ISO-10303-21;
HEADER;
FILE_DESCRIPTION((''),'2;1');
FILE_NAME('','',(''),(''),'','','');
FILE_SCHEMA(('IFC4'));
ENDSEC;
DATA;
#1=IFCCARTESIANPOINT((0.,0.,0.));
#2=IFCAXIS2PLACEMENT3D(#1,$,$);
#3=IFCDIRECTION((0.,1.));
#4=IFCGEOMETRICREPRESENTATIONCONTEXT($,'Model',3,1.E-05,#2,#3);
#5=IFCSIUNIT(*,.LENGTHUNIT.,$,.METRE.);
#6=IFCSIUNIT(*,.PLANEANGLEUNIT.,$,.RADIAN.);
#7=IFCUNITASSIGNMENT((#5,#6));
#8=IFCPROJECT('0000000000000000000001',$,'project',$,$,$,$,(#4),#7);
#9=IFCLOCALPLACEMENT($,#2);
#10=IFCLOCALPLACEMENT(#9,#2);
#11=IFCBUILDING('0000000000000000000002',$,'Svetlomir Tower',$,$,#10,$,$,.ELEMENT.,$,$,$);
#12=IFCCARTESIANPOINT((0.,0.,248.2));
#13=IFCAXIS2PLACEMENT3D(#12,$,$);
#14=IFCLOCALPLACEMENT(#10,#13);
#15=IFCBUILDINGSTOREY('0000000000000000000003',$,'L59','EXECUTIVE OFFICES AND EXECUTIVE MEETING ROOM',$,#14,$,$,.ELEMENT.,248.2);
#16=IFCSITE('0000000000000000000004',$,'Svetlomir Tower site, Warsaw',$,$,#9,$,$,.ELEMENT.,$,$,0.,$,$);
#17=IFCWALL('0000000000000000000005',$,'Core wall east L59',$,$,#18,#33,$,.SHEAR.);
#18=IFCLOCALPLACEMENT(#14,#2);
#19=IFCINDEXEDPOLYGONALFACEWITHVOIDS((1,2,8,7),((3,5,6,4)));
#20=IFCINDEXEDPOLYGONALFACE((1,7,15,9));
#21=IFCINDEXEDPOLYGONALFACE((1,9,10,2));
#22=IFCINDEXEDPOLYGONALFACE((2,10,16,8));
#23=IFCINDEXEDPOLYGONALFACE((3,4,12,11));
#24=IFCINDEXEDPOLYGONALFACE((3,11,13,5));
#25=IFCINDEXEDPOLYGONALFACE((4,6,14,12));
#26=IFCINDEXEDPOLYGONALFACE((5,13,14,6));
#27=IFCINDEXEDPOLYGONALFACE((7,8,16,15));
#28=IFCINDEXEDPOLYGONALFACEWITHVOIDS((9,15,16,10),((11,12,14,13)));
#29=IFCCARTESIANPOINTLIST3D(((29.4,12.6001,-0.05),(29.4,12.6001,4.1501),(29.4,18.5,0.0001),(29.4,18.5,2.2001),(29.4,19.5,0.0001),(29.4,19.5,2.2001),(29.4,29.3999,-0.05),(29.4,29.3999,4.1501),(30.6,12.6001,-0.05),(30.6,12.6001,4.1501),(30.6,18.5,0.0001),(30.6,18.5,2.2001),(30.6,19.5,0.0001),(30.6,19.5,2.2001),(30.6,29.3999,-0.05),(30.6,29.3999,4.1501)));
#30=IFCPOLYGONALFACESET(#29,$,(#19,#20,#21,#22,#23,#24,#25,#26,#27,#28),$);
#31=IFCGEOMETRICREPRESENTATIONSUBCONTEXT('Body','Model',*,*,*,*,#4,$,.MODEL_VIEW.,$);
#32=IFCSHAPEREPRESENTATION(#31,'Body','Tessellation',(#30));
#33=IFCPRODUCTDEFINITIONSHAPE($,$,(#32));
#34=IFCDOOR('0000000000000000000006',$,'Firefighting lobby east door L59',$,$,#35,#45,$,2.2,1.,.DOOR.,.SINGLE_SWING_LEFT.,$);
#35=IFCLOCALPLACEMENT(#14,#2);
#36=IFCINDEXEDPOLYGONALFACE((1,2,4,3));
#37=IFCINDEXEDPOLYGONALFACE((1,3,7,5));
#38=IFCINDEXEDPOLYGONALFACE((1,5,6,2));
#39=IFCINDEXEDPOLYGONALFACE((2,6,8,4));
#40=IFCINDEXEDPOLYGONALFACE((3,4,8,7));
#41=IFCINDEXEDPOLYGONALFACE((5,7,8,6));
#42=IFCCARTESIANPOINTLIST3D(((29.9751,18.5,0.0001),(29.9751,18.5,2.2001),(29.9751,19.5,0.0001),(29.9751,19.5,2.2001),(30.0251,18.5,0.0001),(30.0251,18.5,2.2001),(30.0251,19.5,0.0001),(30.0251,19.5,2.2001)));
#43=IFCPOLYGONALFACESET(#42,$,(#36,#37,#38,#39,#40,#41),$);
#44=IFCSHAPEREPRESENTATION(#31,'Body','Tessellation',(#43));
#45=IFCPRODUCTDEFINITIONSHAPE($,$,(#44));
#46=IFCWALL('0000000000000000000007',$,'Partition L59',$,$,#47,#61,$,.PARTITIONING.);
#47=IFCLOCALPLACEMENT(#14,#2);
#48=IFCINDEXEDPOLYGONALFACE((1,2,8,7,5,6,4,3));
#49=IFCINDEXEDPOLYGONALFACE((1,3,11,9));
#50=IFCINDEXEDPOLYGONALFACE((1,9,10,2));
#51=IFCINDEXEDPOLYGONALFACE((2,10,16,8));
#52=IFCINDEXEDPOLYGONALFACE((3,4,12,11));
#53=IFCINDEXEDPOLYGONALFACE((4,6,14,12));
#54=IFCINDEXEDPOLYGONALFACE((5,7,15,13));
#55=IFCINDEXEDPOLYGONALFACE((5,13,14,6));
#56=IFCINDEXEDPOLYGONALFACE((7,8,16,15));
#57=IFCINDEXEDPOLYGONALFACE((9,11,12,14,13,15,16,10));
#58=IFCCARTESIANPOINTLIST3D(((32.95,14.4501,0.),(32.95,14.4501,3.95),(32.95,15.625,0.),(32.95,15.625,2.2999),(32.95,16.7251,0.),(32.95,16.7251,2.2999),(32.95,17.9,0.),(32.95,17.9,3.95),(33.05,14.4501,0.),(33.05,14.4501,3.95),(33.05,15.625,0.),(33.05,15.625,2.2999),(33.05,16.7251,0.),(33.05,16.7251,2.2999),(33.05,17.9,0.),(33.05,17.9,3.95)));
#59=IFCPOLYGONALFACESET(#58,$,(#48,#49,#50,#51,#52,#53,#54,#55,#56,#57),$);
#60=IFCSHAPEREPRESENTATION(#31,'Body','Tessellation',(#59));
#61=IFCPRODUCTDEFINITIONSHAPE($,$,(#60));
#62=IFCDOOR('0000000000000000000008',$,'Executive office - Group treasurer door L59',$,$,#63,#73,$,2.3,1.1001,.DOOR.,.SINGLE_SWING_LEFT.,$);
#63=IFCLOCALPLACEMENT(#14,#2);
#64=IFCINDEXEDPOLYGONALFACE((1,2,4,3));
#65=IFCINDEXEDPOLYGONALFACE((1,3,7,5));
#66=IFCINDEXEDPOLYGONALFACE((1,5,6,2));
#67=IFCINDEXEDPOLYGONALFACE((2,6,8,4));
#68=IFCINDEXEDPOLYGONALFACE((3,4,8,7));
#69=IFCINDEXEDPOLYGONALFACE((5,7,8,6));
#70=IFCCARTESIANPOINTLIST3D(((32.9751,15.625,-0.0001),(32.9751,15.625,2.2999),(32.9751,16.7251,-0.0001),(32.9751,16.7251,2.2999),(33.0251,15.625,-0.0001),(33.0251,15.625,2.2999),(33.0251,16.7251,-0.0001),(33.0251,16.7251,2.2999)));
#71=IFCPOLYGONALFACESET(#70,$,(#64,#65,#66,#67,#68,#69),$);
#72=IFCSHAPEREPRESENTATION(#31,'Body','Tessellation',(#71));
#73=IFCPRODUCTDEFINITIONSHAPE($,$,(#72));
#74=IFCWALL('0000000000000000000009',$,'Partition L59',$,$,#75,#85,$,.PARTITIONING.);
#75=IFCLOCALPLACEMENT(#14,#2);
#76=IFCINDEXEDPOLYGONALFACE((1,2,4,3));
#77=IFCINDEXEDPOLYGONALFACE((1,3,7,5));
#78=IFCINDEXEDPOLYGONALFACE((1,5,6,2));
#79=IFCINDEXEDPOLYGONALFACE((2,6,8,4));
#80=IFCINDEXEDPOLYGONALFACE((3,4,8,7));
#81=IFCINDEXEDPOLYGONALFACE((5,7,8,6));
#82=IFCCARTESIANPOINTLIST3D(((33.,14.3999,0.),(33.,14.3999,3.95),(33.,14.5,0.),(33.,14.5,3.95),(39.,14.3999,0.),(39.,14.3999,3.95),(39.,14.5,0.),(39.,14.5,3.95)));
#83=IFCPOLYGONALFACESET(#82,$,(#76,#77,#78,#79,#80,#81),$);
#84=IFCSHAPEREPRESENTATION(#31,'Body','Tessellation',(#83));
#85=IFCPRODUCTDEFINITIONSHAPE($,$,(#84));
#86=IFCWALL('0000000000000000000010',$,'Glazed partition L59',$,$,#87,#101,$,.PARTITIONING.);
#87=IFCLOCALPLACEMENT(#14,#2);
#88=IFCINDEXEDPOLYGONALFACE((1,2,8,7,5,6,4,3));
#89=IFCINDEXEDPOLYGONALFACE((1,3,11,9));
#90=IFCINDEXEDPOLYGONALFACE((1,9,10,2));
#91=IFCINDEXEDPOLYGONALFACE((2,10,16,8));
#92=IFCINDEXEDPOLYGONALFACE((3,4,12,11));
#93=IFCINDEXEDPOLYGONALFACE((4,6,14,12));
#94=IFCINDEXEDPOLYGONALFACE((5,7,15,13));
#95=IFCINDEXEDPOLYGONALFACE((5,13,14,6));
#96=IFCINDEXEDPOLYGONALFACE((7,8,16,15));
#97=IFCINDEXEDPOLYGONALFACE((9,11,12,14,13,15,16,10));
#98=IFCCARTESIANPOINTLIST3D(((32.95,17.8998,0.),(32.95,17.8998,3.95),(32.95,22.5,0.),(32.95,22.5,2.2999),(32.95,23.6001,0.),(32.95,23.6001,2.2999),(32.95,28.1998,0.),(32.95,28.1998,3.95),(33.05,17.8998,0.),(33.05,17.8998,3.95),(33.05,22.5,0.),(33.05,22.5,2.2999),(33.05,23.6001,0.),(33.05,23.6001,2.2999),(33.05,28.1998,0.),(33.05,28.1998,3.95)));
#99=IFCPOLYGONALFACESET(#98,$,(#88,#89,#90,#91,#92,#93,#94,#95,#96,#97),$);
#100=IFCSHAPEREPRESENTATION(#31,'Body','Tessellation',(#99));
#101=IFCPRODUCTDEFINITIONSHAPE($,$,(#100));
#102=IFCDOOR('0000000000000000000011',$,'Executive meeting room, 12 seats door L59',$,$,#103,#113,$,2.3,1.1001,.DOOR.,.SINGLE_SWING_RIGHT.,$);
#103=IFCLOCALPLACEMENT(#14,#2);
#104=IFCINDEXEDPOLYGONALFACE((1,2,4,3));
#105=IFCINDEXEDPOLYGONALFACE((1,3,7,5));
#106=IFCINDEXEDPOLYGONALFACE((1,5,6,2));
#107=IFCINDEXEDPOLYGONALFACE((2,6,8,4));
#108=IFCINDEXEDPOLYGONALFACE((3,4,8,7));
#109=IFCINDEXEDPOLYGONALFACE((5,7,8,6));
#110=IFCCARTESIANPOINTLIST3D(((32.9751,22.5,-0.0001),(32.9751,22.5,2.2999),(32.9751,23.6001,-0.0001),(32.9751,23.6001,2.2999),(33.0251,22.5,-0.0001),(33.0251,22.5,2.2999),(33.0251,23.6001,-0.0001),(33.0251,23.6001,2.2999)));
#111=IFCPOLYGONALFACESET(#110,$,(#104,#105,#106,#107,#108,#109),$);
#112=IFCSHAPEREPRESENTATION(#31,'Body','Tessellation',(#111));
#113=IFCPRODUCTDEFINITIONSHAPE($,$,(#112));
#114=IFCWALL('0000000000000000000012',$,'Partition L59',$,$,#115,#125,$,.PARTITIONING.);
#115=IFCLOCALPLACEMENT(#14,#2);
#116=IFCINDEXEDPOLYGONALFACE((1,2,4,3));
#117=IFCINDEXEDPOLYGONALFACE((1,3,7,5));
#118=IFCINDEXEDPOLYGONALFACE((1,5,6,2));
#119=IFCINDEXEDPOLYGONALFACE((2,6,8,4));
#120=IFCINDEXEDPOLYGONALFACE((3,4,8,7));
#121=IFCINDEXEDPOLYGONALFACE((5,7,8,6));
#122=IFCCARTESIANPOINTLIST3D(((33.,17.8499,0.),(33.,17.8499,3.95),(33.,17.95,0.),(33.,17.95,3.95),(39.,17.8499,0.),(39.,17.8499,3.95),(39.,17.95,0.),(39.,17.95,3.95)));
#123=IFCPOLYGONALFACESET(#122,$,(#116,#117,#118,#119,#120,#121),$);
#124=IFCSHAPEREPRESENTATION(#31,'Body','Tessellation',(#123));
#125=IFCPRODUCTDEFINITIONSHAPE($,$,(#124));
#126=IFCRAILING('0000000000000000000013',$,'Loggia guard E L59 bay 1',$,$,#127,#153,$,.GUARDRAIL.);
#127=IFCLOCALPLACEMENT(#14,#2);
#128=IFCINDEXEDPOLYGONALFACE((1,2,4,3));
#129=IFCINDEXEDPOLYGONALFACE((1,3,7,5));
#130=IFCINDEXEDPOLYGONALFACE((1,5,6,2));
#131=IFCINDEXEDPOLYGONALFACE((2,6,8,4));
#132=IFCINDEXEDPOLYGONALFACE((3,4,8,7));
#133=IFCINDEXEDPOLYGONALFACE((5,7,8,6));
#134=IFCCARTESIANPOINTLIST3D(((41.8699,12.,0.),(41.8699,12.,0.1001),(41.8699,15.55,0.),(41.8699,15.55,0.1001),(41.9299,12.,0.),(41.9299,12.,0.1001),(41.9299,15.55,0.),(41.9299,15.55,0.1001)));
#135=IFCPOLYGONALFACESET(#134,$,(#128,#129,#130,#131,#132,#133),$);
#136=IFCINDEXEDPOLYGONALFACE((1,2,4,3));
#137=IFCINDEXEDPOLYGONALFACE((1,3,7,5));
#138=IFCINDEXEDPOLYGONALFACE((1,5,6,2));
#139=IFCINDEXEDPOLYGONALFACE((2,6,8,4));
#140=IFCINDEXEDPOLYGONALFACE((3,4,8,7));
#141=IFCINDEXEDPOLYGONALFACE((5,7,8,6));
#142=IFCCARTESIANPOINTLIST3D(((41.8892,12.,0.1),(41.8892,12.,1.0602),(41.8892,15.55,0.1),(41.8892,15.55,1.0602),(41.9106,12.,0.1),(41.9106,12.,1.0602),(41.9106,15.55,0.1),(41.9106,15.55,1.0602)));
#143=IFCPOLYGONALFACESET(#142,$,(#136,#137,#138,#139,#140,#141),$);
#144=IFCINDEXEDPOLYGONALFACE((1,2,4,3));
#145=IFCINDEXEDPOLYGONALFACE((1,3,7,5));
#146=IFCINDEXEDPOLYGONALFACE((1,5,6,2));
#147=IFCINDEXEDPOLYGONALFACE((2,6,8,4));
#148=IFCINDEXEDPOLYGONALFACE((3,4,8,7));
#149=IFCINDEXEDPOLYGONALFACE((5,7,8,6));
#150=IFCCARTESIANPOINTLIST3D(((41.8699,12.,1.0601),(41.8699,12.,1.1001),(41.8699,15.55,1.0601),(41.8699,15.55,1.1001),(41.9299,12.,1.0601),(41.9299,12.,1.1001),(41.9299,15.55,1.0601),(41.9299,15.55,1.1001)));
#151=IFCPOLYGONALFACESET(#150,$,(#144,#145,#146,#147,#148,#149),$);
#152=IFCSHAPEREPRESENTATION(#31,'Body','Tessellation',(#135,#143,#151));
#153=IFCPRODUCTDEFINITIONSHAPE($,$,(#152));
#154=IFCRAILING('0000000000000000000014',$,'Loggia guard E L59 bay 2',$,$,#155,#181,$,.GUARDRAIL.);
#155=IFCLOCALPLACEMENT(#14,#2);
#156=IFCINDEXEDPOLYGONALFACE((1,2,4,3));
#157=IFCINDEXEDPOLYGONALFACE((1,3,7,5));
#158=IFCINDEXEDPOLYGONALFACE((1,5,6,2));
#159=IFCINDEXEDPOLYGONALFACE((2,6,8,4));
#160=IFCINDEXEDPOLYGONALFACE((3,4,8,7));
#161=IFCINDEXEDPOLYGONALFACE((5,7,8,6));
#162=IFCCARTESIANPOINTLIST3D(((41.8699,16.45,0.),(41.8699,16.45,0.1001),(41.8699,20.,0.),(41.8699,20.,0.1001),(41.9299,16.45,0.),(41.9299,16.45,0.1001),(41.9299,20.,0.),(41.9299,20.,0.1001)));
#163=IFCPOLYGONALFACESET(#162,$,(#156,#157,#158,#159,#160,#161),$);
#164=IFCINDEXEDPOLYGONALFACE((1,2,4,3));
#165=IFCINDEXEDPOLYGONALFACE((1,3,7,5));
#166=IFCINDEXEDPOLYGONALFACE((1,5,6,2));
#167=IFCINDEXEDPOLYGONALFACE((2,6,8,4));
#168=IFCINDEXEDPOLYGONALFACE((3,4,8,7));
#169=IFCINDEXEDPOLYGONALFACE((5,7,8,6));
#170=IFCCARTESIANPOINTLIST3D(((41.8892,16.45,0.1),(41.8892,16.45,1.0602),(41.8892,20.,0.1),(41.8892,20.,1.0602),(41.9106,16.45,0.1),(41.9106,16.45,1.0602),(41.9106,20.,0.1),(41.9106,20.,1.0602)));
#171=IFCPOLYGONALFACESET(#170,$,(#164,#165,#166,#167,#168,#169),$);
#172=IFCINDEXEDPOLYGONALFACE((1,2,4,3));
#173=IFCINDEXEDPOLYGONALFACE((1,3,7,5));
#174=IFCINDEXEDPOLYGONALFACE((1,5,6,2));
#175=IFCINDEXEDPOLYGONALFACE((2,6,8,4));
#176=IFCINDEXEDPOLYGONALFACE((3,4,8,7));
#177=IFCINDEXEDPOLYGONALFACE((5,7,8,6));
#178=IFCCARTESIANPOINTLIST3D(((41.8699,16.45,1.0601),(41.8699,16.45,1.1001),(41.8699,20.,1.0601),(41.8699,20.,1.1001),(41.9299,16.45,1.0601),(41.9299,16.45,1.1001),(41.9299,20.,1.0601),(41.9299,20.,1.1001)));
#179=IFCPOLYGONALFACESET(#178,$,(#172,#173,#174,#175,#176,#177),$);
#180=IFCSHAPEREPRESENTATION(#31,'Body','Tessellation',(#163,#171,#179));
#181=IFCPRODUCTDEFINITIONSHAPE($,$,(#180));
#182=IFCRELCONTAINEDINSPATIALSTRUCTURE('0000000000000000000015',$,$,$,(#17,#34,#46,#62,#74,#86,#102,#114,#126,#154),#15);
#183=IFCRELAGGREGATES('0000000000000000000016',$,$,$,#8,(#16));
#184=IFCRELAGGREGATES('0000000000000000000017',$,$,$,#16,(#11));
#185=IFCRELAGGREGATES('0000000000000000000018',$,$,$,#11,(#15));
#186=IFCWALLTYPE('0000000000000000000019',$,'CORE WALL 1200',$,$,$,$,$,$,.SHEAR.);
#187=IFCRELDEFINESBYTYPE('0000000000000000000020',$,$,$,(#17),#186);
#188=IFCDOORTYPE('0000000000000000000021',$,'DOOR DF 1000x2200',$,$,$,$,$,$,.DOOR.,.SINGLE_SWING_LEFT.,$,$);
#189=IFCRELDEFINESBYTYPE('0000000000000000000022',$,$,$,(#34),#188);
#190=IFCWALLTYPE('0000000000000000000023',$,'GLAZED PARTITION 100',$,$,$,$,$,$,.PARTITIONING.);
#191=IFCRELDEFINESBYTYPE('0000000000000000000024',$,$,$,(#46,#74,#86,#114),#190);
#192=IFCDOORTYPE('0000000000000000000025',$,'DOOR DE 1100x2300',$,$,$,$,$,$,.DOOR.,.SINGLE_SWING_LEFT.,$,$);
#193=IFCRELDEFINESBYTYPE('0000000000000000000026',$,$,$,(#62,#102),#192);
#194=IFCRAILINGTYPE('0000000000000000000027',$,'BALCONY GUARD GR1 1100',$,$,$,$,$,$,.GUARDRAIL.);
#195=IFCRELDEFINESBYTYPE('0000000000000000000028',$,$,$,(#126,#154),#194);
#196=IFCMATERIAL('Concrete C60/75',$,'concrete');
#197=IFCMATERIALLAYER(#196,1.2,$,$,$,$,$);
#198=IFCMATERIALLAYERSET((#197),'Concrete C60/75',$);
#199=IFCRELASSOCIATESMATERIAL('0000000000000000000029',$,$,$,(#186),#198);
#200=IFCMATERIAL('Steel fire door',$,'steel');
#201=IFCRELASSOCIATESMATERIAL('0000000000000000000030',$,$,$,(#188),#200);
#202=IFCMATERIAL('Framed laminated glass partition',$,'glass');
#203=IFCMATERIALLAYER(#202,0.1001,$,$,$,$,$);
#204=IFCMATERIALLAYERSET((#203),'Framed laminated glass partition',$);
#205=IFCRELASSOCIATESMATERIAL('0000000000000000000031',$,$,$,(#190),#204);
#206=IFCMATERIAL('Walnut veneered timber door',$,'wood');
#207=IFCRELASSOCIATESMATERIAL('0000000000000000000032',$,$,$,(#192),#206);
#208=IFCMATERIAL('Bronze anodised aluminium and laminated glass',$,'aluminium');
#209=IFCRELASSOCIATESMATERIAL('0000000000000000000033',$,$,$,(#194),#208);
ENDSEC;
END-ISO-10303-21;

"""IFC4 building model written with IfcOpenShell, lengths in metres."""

from ifc_helpers import new_model, si_unit, direction, frame, frame_2d, origin, origin_2d, place, context, subcontext, project, spatial, rectangle, extrude, material, layer, layer_set, type_object, element, fill, save


model = new_model("IFC4")

# Units and contexts
model_context = context("Model", 3, precision=1e-05, world=origin(), true_north=direction((0.0, 1.0)))
body_context = subcontext(model_context, "Body", "Model", "MODEL_VIEW")
ifc_project = project(units=[si_unit("LENGTHUNIT", "METRE"), si_unit("PLANEANGLEUNIT", "RADIAN")], contexts=[model_context])

# Site, building, storey
site_placement = place(None, origin())
site = spatial("IfcSite", under=ifc_project, at=site_placement, Name="Svetlomir Tower site, Warsaw", CompositionType="ELEMENT", RefElevation=0.0)
building_placement = place(site_placement, origin())
building = spatial("IfcBuilding", under=site, at=building_placement, Name="Svetlomir Tower", CompositionType="ELEMENT")
storey_placement = place(building_placement, frame((0.0, 0.0, 248.2)))
storey = spatial("IfcBuildingStorey", under=building, at=storey_placement, Name="L59", Description="EXECUTIVE OFFICES AND EXECUTIVE MEETING ROOM", CompositionType="ELEMENT", Elevation=248.2)

# Walls, openings, doors
ifc_material_1 = material(Name="Concrete C60/75", Category="concrete")
ifc_layer_1 = layer(ifc_material_1, 1.2)
ifc_layer_set_1 = layer_set([ifc_layer_1], Name="Concrete C60/75")
wall_type_1 = type_object("IfcWallType", Name="CORE WALL 1200", PredefinedType="SHEAR", material=ifc_layer_set_1)
wall_1_placement = place(storey_placement, frame((30.0, 12.6001, -0.05), z_axis=(0.0, 0.0, 1.0), x_axis=(0.0, 1.0, 0.0)))
wall_1 = element("IfcWall", 1, at=wall_1_placement, inside=storey, type_object=wall_type_1, Name="Core wall east L59", PredefinedType="SHEAR", context=body_context, shape_type="SweptSolid", body=[
    extrude(rectangle(XDim=16.7998, YDim=1.2, at=frame_2d((8.3999, 0.0))), origin(), (0.0, 0.0, 1.0), 4.2002),
])
opening_1_placement = place(wall_1_placement, frame((5.8999, 0.0, 0.05)))
opening_1 = element("IfcOpeningElement", 2, at=opening_1_placement, cuts=wall_1, PredefinedType="OPENING", context=body_context, shape_type="SweptSolid", body=[
    extrude(rectangle(XDim=1.0, YDim=2.2, at=frame_2d((0.5, 1.1001))), frame((0.0, 0.6099, 0.0), z_axis=(0.0, -1.0, 0.0), x_axis=(1.0, 0.0, 0.0)), (0.0, 0.0, 1.0), 1.22),
])
ifc_material_2 = material(Name="Steel fire door", Category="steel")
door_type_1 = type_object("IfcDoorType", Name="DOOR DF 1000x2200", OperationType="SINGLE_SWING_LEFT", PredefinedType="DOOR", material=ifc_material_2)
door_1_placement = place(opening_1_placement, origin())
door_1 = element("IfcDoor", 3, at=door_1_placement, inside=storey, type_object=door_type_1, Name="Firefighting lobby east door L59", OperationType="SINGLE_SWING_LEFT", OverallHeight=2.2, OverallWidth=1.0, PredefinedType="DOOR", context=body_context, shape_type="SweptSolid", body=[
    extrude(rectangle(XDim=1.0, YDim=2.2, at=frame_2d((0.5, 1.1001))), frame((0.0, 0.0249, 0.0), z_axis=(0.0, -1.0, 0.0), x_axis=(1.0, 0.0, 0.0)), (0.0, 0.0, 1.0), 0.05),
])
fill(opening_1, door_1)
ifc_material_3 = material(Name="Framed laminated glass partition", Category="glass")
ifc_layer_2 = layer(ifc_material_3, 0.1001)
ifc_layer_set_2 = layer_set([ifc_layer_2], Name="Framed laminated glass partition")
wall_type_2 = type_object("IfcWallType", Name="GLAZED PARTITION 100", PredefinedType="PARTITIONING", material=ifc_layer_set_2)
wall_2_placement = place(storey_placement, frame((33.0, 14.45, 0.0), z_axis=(0.0, 0.0, 1.0), x_axis=(0.0, 1.0, 0.0)))
wall_2 = element("IfcWall", 4, at=wall_2_placement, inside=storey, type_object=wall_type_2, Name="Partition L59", PredefinedType="PARTITIONING", context=body_context, shape_type="SweptSolid", body=[
    extrude(rectangle(XDim=3.45, YDim=0.1001, at=frame_2d((1.7251, 0.0))), origin(), (0.0, 0.0, 1.0), 3.95),
])
opening_2_placement = place(wall_2_placement, frame((1.175, 0.0, 0.0)))
opening_2 = element("IfcOpeningElement", 5, at=opening_2_placement, cuts=wall_2, PredefinedType="OPENING", context=body_context, shape_type="SweptSolid", body=[
    extrude(rectangle(XDim=1.1001, YDim=2.3, at=frame_2d((0.55, 1.1499))), frame((0.0, 0.0601, 0.0), z_axis=(0.0, -1.0, 0.0), x_axis=(1.0, 0.0, 0.0)), (0.0, 0.0, 1.0), 0.1201),
])
ifc_material_4 = material(Name="Walnut veneered timber door", Category="wood")
door_type_2 = type_object("IfcDoorType", Name="DOOR DE 1100x2300", OperationType="SINGLE_SWING_LEFT", PredefinedType="DOOR", material=ifc_material_4)
door_2_placement = place(opening_2_placement, origin())
door_2 = element("IfcDoor", 6, at=door_2_placement, inside=storey, type_object=door_type_2, Name="Executive office - Group treasurer door L59", OperationType="SINGLE_SWING_LEFT", OverallHeight=2.3, OverallWidth=1.1001, PredefinedType="DOOR", context=body_context, shape_type="SweptSolid", body=[
    extrude(rectangle(XDim=1.1001, YDim=2.3, at=frame_2d((0.55, 1.1499))), frame((0.0, 0.0249, 0.0), z_axis=(0.0, -1.0, 0.0), x_axis=(1.0, 0.0, 0.0)), (0.0, 0.0, 1.0), 0.05),
])
fill(opening_2, door_2)

# Wall
wall_3_placement = place(storey_placement, frame((33.0, 14.45, 0.0), z_axis=(0.0, 0.0, 1.0), x_axis=(1.0, 0.0, 0.0)))
element("IfcWall", 7, at=wall_3_placement, inside=storey, type_object=wall_type_2, Name="Partition L59", PredefinedType="PARTITIONING", context=body_context, shape_type="SweptSolid", body=[
    extrude(rectangle(XDim=6.0, YDim=0.1001, at=frame_2d((3.0, 0.0))), origin(), (0.0, 0.0, 1.0), 3.95),
])

# Wall, opening, door
wall_4_placement = place(storey_placement, frame((33.0, 17.8999, 0.0), z_axis=(0.0, 0.0, 1.0), x_axis=(0.0, 1.0, 0.0)))
wall_4 = element("IfcWall", 8, at=wall_4_placement, inside=storey, type_object=wall_type_2, Name="Glazed partition L59", PredefinedType="PARTITIONING", context=body_context, shape_type="SweptSolid", body=[
    extrude(rectangle(XDim=10.3, YDim=0.1001, at=frame_2d((5.1499, 0.0))), origin(), (0.0, 0.0, 1.0), 3.95),
])
opening_3_placement = place(wall_4_placement, frame((4.6001, 0.0, 0.0)))
opening_3 = element("IfcOpeningElement", 9, at=opening_3_placement, cuts=wall_4, PredefinedType="OPENING", context=body_context, shape_type="SweptSolid", body=[
    extrude(rectangle(XDim=1.1001, YDim=2.3, at=frame_2d((0.55, 1.1499))), frame((0.0, 0.0601, 0.0), z_axis=(0.0, -1.0, 0.0), x_axis=(1.0, 0.0, 0.0)), (0.0, 0.0, 1.0), 0.1201),
])
door_3_placement = place(opening_3_placement, origin())
door_3 = element("IfcDoor", 10, at=door_3_placement, inside=storey, type_object=door_type_2, Name="Executive meeting room, 12 seats door L59", OperationType="SINGLE_SWING_RIGHT", OverallHeight=2.3, OverallWidth=1.1001, PredefinedType="DOOR", context=body_context, shape_type="SweptSolid", body=[
    extrude(rectangle(XDim=1.1001, YDim=2.3, at=frame_2d((0.55, 1.1499))), frame((0.0, 0.0249, 0.0), z_axis=(0.0, -1.0, 0.0), x_axis=(1.0, 0.0, 0.0)), (0.0, 0.0, 1.0), 0.05),
])
fill(opening_3, door_3)

# Wall
wall_5_placement = place(storey_placement, frame((33.0, 17.8999, 0.0), z_axis=(0.0, 0.0, 1.0), x_axis=(1.0, 0.0, 0.0)))
element("IfcWall", 11, at=wall_5_placement, inside=storey, type_object=wall_type_2, Name="Partition L59", PredefinedType="PARTITIONING", context=body_context, shape_type="SweptSolid", body=[
    extrude(rectangle(XDim=6.0, YDim=0.1001, at=frame_2d((3.0, 0.0))), origin(), (0.0, 0.0, 1.0), 3.95),
])

# Railings
ifc_material_5 = material(Name="Bronze anodised aluminium and laminated glass", Category="aluminium")
railing_type = type_object("IfcRailingType", Name="BALCONY GUARD GR1 1100", PredefinedType="GUARDRAIL", material=ifc_material_5)
for number, where, name in (
    (12, (41.8999, 12.0, 0.0), "Loggia guard E L59 bay 1"),
    (13, (41.8999, 16.45, 0.0), "Loggia guard E L59 bay 2"),
):
    element("IfcRailing", number, at=place(storey_placement, frame(where)), inside=storey, type_object=railing_type, Name=name, PredefinedType="GUARDRAIL", context=body_context, shape_type="SweptSolid", body=[
        extrude(rectangle(XDim=0.0601, YDim=0.1001, at=origin_2d()), frame((0.0, 0.0, 0.05), z_axis=(0.0, 1.0, 0.0), x_axis=(-1.0, 0.0, 0.0)), (0.0, 0.0, 1.0), 3.55),
        extrude(rectangle(XDim=0.0215, YDim=0.9602, at=origin_2d()), frame((0.0, 0.0, 0.5801), z_axis=(0.0, 1.0, 0.0), x_axis=(-1.0, 0.0, 0.0)), (0.0, 0.0, 1.0), 3.55),
        extrude(rectangle(XDim=0.0601, YDim=0.04, at=origin_2d()), frame((0.0, 0.0, 1.0801), z_axis=(0.0, 1.0, 0.0), x_axis=(-1.0, 0.0, 0.0)), (0.0, 0.0, 1.0), 3.55),
    ])

save(model, "model.ifc")
